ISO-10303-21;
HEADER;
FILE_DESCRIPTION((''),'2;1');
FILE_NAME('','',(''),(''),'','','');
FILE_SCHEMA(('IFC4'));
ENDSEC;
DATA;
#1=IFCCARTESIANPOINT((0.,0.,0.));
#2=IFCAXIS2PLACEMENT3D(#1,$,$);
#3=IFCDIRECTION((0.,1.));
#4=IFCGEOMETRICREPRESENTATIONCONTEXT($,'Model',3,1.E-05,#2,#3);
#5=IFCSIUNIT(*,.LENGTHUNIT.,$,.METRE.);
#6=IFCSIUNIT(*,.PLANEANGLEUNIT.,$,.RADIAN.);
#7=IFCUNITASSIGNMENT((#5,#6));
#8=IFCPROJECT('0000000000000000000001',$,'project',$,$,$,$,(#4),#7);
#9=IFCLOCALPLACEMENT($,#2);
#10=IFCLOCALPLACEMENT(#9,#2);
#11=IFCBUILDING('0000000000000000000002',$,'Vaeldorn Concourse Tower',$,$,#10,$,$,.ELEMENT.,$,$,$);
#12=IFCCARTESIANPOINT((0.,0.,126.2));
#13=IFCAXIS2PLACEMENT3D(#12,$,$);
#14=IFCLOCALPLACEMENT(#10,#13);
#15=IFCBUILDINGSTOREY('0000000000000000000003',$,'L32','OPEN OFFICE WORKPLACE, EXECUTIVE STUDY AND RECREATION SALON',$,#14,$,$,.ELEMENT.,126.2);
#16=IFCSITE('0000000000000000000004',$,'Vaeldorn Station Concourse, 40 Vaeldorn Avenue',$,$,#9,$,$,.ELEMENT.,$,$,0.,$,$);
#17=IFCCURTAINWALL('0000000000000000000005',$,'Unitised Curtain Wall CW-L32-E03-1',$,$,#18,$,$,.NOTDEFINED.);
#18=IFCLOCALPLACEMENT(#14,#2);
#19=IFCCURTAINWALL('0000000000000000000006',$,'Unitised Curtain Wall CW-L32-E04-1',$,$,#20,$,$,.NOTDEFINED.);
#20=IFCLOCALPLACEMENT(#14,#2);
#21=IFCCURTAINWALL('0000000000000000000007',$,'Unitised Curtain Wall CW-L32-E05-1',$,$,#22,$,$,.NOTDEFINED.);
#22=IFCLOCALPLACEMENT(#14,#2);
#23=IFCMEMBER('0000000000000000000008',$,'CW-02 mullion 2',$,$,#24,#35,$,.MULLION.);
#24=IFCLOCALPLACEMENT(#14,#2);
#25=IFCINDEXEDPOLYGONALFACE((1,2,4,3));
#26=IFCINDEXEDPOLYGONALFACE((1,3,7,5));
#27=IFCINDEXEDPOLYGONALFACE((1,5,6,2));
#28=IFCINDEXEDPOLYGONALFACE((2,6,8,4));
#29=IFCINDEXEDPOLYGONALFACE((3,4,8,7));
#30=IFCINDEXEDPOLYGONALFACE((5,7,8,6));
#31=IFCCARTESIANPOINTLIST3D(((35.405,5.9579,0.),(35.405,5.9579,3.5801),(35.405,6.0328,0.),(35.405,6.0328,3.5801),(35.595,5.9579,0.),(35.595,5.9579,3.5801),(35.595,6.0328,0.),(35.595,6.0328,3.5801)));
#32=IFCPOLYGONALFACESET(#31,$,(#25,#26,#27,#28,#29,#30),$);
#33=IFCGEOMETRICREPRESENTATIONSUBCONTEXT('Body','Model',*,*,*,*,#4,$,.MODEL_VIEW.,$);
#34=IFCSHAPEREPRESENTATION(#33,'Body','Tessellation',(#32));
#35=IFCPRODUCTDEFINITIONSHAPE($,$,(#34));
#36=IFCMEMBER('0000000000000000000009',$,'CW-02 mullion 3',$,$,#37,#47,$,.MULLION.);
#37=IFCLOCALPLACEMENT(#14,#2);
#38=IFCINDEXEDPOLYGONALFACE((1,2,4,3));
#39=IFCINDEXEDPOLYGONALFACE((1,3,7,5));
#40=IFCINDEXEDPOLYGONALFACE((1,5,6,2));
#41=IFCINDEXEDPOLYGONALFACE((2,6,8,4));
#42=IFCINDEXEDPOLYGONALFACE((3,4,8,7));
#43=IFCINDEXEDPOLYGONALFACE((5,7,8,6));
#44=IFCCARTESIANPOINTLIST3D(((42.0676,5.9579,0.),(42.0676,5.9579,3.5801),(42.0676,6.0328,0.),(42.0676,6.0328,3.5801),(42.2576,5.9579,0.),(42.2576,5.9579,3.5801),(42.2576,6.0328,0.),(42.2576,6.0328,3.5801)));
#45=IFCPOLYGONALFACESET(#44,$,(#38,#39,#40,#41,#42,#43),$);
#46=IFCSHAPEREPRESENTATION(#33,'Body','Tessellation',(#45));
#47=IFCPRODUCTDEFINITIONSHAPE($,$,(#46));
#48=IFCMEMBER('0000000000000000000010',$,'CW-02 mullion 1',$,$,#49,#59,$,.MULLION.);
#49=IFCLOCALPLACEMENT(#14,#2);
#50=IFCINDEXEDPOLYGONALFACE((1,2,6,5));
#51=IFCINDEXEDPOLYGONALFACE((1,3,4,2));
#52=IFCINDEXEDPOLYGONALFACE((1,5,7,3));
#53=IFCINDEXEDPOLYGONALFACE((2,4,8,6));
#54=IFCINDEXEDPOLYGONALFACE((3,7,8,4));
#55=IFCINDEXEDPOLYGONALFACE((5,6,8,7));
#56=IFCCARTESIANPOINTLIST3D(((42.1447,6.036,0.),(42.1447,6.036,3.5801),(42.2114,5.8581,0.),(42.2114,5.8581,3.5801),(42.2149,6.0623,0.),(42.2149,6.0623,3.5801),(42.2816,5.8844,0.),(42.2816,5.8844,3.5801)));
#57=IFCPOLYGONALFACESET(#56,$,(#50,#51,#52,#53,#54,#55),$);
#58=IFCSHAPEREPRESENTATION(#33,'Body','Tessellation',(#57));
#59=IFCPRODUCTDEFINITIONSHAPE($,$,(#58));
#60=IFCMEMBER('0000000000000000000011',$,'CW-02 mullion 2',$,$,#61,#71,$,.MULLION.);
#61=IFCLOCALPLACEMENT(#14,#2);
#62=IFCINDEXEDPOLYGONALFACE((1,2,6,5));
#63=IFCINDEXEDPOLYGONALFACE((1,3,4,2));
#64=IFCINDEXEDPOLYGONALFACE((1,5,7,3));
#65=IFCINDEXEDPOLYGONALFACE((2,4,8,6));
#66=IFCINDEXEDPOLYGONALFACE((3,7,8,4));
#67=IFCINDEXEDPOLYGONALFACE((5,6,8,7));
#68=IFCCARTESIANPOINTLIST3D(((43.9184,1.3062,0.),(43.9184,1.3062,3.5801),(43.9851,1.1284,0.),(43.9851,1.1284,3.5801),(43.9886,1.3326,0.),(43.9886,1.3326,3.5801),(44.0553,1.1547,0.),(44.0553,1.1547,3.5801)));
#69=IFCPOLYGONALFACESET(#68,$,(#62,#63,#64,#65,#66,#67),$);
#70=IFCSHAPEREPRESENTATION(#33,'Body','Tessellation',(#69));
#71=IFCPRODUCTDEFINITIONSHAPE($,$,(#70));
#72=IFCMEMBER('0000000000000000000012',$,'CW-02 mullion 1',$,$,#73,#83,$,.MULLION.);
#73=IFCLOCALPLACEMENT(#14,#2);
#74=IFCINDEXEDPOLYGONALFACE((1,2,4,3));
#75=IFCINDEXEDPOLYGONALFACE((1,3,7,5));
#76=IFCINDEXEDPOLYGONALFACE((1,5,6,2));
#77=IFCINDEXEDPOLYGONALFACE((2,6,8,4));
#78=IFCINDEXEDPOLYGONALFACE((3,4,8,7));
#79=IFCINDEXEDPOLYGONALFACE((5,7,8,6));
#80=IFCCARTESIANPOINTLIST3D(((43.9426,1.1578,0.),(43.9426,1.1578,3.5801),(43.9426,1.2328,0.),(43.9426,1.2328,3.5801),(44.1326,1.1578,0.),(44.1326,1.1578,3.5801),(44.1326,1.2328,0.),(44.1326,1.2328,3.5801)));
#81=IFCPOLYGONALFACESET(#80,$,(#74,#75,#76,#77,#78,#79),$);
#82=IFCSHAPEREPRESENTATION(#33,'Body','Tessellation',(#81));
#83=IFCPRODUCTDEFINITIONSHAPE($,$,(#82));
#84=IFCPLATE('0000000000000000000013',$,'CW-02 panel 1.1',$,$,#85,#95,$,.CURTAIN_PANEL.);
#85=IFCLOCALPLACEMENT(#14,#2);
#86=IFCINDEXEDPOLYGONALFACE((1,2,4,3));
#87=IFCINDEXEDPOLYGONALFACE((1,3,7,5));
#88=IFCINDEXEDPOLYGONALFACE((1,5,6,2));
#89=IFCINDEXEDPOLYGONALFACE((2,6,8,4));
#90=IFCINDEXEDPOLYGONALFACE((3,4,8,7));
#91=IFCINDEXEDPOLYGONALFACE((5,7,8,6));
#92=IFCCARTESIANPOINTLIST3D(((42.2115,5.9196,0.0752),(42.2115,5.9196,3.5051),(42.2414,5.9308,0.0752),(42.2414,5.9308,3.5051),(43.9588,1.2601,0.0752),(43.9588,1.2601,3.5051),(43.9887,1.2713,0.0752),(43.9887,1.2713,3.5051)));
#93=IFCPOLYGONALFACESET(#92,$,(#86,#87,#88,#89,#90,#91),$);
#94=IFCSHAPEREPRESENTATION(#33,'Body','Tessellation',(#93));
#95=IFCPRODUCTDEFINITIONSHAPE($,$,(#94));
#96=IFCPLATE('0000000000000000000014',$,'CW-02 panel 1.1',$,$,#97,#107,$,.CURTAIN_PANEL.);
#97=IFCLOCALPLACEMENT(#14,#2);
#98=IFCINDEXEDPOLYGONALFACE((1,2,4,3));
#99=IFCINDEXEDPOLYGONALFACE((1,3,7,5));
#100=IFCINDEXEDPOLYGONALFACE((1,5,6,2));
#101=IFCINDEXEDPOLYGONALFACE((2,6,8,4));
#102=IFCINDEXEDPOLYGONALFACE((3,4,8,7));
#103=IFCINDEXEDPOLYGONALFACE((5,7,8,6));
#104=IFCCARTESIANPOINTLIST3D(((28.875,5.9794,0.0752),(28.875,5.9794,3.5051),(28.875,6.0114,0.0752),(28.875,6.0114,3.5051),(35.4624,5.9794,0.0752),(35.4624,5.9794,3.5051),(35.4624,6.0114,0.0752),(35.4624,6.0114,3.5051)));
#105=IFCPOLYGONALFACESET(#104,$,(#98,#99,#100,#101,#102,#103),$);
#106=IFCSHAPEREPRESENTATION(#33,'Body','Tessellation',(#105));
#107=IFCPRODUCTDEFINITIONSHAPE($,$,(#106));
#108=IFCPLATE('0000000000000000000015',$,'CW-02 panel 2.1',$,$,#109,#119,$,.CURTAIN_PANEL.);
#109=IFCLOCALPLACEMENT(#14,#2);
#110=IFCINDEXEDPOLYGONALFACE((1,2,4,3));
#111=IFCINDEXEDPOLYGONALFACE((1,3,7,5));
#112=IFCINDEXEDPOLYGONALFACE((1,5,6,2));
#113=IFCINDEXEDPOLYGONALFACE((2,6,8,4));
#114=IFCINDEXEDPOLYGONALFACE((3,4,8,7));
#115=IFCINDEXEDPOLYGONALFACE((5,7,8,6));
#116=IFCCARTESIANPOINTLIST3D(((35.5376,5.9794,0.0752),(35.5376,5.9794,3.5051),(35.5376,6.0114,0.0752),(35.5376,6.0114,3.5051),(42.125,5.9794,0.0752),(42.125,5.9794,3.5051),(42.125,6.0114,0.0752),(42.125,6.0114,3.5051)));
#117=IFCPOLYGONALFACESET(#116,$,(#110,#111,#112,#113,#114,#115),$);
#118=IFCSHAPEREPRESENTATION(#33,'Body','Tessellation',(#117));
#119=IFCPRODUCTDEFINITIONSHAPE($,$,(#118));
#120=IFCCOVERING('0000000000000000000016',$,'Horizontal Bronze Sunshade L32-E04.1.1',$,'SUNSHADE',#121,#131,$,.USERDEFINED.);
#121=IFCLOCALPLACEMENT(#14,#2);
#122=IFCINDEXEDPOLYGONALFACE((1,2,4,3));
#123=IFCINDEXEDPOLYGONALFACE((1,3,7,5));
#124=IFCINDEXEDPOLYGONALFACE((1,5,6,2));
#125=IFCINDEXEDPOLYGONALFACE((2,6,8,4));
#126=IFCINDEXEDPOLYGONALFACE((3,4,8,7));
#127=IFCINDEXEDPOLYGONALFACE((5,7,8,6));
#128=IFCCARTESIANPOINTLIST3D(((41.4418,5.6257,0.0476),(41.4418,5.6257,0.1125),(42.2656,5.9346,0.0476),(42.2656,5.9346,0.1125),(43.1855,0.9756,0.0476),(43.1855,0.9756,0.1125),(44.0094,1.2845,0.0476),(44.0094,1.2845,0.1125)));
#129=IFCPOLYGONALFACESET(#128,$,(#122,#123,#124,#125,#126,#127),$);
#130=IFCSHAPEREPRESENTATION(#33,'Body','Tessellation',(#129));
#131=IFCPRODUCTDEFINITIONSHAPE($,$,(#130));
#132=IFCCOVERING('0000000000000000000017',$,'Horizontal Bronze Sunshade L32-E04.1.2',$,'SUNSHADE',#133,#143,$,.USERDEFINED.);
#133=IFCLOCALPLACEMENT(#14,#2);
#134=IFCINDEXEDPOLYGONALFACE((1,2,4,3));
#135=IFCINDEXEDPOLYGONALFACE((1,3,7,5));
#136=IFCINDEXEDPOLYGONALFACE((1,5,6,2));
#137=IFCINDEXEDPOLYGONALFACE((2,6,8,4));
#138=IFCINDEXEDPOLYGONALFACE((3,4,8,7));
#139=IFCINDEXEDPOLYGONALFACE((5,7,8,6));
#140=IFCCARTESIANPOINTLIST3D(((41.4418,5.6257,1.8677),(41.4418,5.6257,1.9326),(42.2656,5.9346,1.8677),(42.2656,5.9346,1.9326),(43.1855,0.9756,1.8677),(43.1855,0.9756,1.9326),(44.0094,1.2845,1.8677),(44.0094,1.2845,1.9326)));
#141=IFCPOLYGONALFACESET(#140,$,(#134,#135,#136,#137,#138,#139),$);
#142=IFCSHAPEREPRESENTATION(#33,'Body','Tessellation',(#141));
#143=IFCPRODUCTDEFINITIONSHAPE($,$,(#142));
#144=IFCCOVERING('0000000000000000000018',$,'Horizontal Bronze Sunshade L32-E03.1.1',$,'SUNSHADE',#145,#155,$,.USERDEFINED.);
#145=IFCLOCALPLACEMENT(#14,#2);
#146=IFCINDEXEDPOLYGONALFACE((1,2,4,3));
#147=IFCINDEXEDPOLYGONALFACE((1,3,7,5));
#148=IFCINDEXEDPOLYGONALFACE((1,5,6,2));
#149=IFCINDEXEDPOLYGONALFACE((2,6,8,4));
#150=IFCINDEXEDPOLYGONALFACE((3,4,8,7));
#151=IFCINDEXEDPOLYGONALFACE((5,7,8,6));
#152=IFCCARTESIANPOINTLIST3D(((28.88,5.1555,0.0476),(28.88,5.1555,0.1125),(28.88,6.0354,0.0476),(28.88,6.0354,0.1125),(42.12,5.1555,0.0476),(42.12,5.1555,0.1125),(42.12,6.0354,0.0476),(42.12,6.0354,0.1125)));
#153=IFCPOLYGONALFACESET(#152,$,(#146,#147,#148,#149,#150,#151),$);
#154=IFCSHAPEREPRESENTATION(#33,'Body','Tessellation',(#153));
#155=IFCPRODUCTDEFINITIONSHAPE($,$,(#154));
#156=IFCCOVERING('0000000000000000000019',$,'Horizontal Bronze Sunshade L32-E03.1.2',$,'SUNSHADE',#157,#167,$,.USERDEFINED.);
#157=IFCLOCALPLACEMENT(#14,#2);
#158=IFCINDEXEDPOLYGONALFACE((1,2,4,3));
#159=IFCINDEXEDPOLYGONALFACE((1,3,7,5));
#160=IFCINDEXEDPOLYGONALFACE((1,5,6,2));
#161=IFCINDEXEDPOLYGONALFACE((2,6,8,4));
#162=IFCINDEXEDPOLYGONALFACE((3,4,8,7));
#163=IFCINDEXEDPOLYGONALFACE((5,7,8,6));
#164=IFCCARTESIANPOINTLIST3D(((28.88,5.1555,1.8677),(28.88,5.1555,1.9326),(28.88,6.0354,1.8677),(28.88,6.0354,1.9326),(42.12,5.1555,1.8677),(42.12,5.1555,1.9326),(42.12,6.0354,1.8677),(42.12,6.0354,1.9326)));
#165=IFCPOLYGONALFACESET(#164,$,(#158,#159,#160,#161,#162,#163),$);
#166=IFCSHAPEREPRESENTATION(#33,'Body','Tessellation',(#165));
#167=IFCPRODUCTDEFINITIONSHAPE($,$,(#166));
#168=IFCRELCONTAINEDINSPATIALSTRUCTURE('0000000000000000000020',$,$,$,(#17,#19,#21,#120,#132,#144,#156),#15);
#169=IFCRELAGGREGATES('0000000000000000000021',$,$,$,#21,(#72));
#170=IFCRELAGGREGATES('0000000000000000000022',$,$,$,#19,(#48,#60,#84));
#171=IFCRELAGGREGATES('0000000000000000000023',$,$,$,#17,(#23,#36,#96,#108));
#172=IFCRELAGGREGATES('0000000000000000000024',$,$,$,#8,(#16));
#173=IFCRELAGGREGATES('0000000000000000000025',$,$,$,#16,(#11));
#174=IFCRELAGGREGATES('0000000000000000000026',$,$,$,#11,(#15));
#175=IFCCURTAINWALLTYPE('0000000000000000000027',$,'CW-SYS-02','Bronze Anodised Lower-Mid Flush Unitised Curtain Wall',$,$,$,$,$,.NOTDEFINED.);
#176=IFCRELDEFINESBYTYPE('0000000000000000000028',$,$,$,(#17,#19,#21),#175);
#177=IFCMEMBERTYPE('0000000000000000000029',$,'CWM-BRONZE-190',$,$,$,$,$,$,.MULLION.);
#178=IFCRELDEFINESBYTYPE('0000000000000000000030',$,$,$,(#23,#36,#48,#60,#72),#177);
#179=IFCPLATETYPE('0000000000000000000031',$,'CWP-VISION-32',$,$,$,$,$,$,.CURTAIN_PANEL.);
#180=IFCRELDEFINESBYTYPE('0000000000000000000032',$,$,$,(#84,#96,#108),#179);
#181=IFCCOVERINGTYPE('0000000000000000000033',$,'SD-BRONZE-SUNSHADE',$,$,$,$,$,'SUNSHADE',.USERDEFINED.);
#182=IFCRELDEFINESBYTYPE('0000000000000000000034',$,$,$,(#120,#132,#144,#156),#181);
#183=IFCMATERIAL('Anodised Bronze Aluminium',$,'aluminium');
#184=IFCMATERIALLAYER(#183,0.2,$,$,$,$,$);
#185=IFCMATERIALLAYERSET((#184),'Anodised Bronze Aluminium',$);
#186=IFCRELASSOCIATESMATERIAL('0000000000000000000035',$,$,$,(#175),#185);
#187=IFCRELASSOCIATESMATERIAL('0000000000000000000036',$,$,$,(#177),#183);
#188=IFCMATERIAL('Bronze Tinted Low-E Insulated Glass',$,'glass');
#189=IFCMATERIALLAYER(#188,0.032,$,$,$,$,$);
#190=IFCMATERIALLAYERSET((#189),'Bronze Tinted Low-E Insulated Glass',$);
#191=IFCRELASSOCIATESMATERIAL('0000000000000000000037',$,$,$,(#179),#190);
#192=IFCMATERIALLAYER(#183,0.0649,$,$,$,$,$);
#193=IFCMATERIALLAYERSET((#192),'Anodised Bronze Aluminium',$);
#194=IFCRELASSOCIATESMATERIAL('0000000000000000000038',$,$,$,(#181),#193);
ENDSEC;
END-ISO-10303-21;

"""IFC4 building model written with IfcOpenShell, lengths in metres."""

from ifc_helpers import new_model, si_unit, direction, frame, origin, origin_2d, place, context, subcontext, project, spatial, rectangle, extrude, source, transform, mapped, material, layer, layer_set, material_profile, profile_set, type_object, element, aggregate, save


model = new_model("IFC4")

# Units and contexts
model_context = context("Model", 3, precision=1e-05, world=origin(), true_north=direction((0.0, 1.0)))
body_context = subcontext(model_context, "Body", "Model", "MODEL_VIEW")
ifc_project = project(units=[si_unit("LENGTHUNIT", "METRE"), si_unit("PLANEANGLEUNIT", "RADIAN")], contexts=[model_context])

# Site, building, storey
site_placement = place(None, origin())
site = spatial("IfcSite", under=ifc_project, at=site_placement, Name="Vaeldorn Station Concourse, 40 Vaeldorn Avenue", CompositionType="ELEMENT", RefElevation=0.0)
building_placement = place(site_placement, origin())
building = spatial("IfcBuilding", under=site, at=building_placement, Name="Vaeldorn Concourse Tower", CompositionType="ELEMENT")
storey_placement = place(building_placement, frame((0.0, 0.0, 126.2)))
storey = spatial("IfcBuildingStorey", under=building, at=storey_placement, Name="L32", Description="OPEN OFFICE WORKPLACE, EXECUTIVE STUDY AND RECREATION SALON", CompositionType="ELEMENT", Elevation=126.2)

# Curtain walls
ifc_material_1 = material(Name="Anodised Bronze Aluminium", Category="aluminium")
ifc_layer_1 = layer(ifc_material_1, 0.2)
ifc_layer_set_1 = layer_set([ifc_layer_1], Name="Anodised Bronze Aluminium")
curtain_wall_type = type_object("IfcCurtainWallType", Name="CW-SYS-02", Description="Bronze Anodised Lower-Mid Flush Unitised Curtain Wall", PredefinedType="NOTDEFINED", material=ifc_layer_set_1)
curtain_wall_1_placement = place(storey_placement, origin())
curtain_wall_1 = element("IfcCurtainWall", 1, at=curtain_wall_1_placement, inside=storey, type_object=curtain_wall_type, Name="Unitised Curtain Wall CW-L32-E03-1", PredefinedType="NOTDEFINED")
curtain_wall_2_placement = place(storey_placement, origin())
curtain_wall_2 = element("IfcCurtainWall", 2, at=curtain_wall_2_placement, inside=storey, type_object=curtain_wall_type, Name="Unitised Curtain Wall CW-L32-E04-1", PredefinedType="NOTDEFINED")
curtain_wall_3_placement = place(storey_placement, origin())
curtain_wall_3 = element("IfcCurtainWall", 3, at=curtain_wall_3_placement, inside=storey, type_object=curtain_wall_type, Name="Unitised Curtain Wall CW-L32-E05-1", PredefinedType="NOTDEFINED")

# Members
ifc_material_profile_1 = material_profile(ifc_material_1, rectangle(XDim=0.075, YDim=0.1899, at=origin_2d()), Name="CWM 75x190")
ifc_profile_set_1 = profile_set([ifc_material_profile_1], Name="Anodised Bronze Aluminium")
member_type_1 = type_object("IfcMemberType", Name="CWM-BRONZE-190", PredefinedType="MULLION", material=ifc_profile_set_1)
shared_shape_1 = source(origin(), body_context, "Body", "SweptSolid", [
    extrude(rectangle(XDim=0.075, YDim=0.1899, at=origin_2d()), origin(), (0.0, 0.0, 1.0), 3.5801),
])
member_1_placement = place(storey_placement, frame((35.5, 5.9954, 0.0), z_axis=(0.0, 0.0, 1.0), x_axis=(0.0, 1.0, 0.0)))
member_1 = element("IfcMember", 4, at=member_1_placement, type_object=member_type_1, Name="CW-02 mullion 2", PredefinedType="MULLION", context=body_context, shape_type="MappedRepresentation", body=[
    mapped(shared_shape_1, transform((0.0, 0.0, 0.0), scale=1.0)),
])
member_2_placement = place(storey_placement, frame((42.1626, 5.9954, 0.0), z_axis=(0.0, 0.0, 1.0), x_axis=(0.0, 1.0, 0.0)))
member_2 = element("IfcMember", 5, at=member_2_placement, type_object=member_type_1, Name="CW-02 mullion 3", PredefinedType="MULLION", context=body_context, shape_type="MappedRepresentation", body=[
    mapped(shared_shape_1, transform((0.0, 0.0, 0.0), scale=1.0)),
])
member_3_placement = place(storey_placement, frame((42.2131, 5.9602, 0.0), z_axis=(0.0, 0.0, 1.0), x_axis=(0.936329, 0.351123, 0.0)))
member_3 = element("IfcMember", 6, at=member_3_placement, type_object=member_type_1, Name="CW-02 mullion 1", PredefinedType="MULLION", context=body_context, shape_type="MappedRepresentation", body=[
    mapped(shared_shape_1, transform((0.0, 0.0, 0.0), scale=1.0)),
])
member_4_placement = place(storey_placement, frame((43.9868, 1.2305, 0.0), z_axis=(0.0, 0.0, 1.0), x_axis=(0.936329, 0.351123, 0.0)))
member_4 = element("IfcMember", 7, at=member_4_placement, type_object=member_type_1, Name="CW-02 mullion 2", PredefinedType="MULLION", context=body_context, shape_type="MappedRepresentation", body=[
    mapped(shared_shape_1, transform((0.0, 0.0, 0.0), scale=1.0)),
])
member_5_placement = place(storey_placement, frame((44.0376, 1.1953, 0.0), z_axis=(0.0, 0.0, 1.0), x_axis=(0.0, 1.0, 0.0)))
member_5 = element("IfcMember", 8, at=member_5_placement, type_object=member_type_1, Name="CW-02 mullion 1", PredefinedType="MULLION", context=body_context, shape_type="MappedRepresentation", body=[
    mapped(shared_shape_1, transform((0.0, 0.0, 0.0), scale=1.0)),
])
aggregate(curtain_wall_3, [member_5])

# Plates
ifc_material_2 = material(Name="Bronze Tinted Low-E Insulated Glass", Category="glass")
ifc_layer_2 = layer(ifc_material_2, 0.032)
ifc_layer_set_2 = layer_set([ifc_layer_2], Name="Bronze Tinted Low-E Insulated Glass")
plate_type = type_object("IfcPlateType", Name="CWP-VISION-32", PredefinedType="CURTAIN_PANEL", material=ifc_layer_set_2)
shared_shape_2 = source(origin(), body_context, "Body", "SweptSolid", [
    extrude(rectangle(XDim=4.9763, YDim=0.032, at=origin_2d()), origin(), (0.0, 0.0, 1.0), 3.4299),
])
plate_1_placement = place(storey_placement, frame((43.1001, 3.5955, 0.0752), z_axis=(0.0, 0.0, 1.0), x_axis=(0.351123, -0.936329, 0.0)))
plate_1 = element("IfcPlate", 9, at=plate_1_placement, type_object=plate_type, Name="CW-02 panel 1.1", PredefinedType="CURTAIN_PANEL", context=body_context, shape_type="MappedRepresentation", body=[
    mapped(shared_shape_2, transform((0.0, 0.0, 0.0), scale=1.0)),
])
aggregate(curtain_wall_2, [member_3, member_4, plate_1])
shared_shape_3 = source(origin(), body_context, "Body", "SweptSolid", [
    extrude(rectangle(XDim=6.5874, YDim=0.032, at=origin_2d()), origin(), (0.0, 0.0, 1.0), 3.4299),
])
plate_2_placement = place(storey_placement, frame((32.1687, 5.9954, 0.0752), z_axis=(0.0, 0.0, 1.0), x_axis=(1.0, 0.0, 0.0)))
plate_2 = element("IfcPlate", 10, at=plate_2_placement, type_object=plate_type, Name="CW-02 panel 1.1", PredefinedType="CURTAIN_PANEL", context=body_context, shape_type="MappedRepresentation", body=[
    mapped(shared_shape_3, transform((0.0, 0.0, 0.0), scale=1.0)),
])
plate_3_placement = place(storey_placement, frame((38.8313, 5.9954, 0.0752), z_axis=(0.0, 0.0, 1.0), x_axis=(1.0, 0.0, 0.0)))
plate_3 = element("IfcPlate", 11, at=plate_3_placement, type_object=plate_type, Name="CW-02 panel 2.1", PredefinedType="CURTAIN_PANEL", context=body_context, shape_type="MappedRepresentation", body=[
    mapped(shared_shape_3, transform((0.0, 0.0, 0.0), scale=1.0)),
])
aggregate(curtain_wall_1, [member_1, member_2, plate_2, plate_3])

# Coverings
ifc_layer_3 = layer(ifc_material_1, 0.0649)
ifc_layer_set_3 = layer_set([ifc_layer_3], Name="Anodised Bronze Aluminium")
covering_type = type_object("IfcCoveringType", Name="SD-BRONZE-SUNSHADE", ElementType="SUNSHADE", PredefinedType="USERDEFINED", material=ifc_layer_set_3)
shared_shape_4 = source(origin(), body_context, "Body", "SweptSolid", [
    extrude(rectangle(XDim=4.9663, YDim=0.8799, at=origin_2d()), origin(), (0.0, 0.0, 1.0), 0.0649),
])
for number, where, z_axis, x_axis, name in (
    (12, (42.7256, 3.4551, 0.0476), (0.0, 0.0, 1.0), (0.351123, -0.936329, 0.0), "Horizontal Bronze Sunshade L32-E04.1.1"),
    (13, (42.7256, 3.4551, 1.8677), (0.0, 0.0, 1.0), (0.351123, -0.936329, 0.0), "Horizontal Bronze Sunshade L32-E04.1.2"),
):
    element("IfcCovering", number, at=place(storey_placement, frame(where, z_axis=z_axis, x_axis=x_axis)), inside=storey, type_object=covering_type, Name=name, ObjectType="SUNSHADE", PredefinedType="USERDEFINED", context=body_context, shape_type="MappedRepresentation", body=[
        mapped(shared_shape_4, transform((0.0, 0.0, 0.0), scale=1.0)),
    ])
shared_shape_5 = source(origin(), body_context, "Body", "SweptSolid", [
    extrude(rectangle(XDim=13.24, YDim=0.8799, at=origin_2d()), origin(), (0.0, 0.0, 1.0), 0.0649),
])
for number, where, z_axis, x_axis, name in (
    (14, (35.5, 5.5955, 0.0476), (0.0, 0.0, 1.0), (1.0, 0.0, 0.0), "Horizontal Bronze Sunshade L32-E03.1.1"),
    (15, (35.5, 5.5955, 1.8677), (0.0, 0.0, 1.0), (1.0, 0.0, 0.0), "Horizontal Bronze Sunshade L32-E03.1.2"),
):
    element("IfcCovering", number, at=place(storey_placement, frame(where, z_axis=z_axis, x_axis=x_axis)), inside=storey, type_object=covering_type, Name=name, ObjectType="SUNSHADE", PredefinedType="USERDEFINED", context=body_context, shape_type="MappedRepresentation", body=[
        mapped(shared_shape_5, transform((0.0, 0.0, 0.0), scale=1.0)),
    ])

save(model, "model.ifc")
